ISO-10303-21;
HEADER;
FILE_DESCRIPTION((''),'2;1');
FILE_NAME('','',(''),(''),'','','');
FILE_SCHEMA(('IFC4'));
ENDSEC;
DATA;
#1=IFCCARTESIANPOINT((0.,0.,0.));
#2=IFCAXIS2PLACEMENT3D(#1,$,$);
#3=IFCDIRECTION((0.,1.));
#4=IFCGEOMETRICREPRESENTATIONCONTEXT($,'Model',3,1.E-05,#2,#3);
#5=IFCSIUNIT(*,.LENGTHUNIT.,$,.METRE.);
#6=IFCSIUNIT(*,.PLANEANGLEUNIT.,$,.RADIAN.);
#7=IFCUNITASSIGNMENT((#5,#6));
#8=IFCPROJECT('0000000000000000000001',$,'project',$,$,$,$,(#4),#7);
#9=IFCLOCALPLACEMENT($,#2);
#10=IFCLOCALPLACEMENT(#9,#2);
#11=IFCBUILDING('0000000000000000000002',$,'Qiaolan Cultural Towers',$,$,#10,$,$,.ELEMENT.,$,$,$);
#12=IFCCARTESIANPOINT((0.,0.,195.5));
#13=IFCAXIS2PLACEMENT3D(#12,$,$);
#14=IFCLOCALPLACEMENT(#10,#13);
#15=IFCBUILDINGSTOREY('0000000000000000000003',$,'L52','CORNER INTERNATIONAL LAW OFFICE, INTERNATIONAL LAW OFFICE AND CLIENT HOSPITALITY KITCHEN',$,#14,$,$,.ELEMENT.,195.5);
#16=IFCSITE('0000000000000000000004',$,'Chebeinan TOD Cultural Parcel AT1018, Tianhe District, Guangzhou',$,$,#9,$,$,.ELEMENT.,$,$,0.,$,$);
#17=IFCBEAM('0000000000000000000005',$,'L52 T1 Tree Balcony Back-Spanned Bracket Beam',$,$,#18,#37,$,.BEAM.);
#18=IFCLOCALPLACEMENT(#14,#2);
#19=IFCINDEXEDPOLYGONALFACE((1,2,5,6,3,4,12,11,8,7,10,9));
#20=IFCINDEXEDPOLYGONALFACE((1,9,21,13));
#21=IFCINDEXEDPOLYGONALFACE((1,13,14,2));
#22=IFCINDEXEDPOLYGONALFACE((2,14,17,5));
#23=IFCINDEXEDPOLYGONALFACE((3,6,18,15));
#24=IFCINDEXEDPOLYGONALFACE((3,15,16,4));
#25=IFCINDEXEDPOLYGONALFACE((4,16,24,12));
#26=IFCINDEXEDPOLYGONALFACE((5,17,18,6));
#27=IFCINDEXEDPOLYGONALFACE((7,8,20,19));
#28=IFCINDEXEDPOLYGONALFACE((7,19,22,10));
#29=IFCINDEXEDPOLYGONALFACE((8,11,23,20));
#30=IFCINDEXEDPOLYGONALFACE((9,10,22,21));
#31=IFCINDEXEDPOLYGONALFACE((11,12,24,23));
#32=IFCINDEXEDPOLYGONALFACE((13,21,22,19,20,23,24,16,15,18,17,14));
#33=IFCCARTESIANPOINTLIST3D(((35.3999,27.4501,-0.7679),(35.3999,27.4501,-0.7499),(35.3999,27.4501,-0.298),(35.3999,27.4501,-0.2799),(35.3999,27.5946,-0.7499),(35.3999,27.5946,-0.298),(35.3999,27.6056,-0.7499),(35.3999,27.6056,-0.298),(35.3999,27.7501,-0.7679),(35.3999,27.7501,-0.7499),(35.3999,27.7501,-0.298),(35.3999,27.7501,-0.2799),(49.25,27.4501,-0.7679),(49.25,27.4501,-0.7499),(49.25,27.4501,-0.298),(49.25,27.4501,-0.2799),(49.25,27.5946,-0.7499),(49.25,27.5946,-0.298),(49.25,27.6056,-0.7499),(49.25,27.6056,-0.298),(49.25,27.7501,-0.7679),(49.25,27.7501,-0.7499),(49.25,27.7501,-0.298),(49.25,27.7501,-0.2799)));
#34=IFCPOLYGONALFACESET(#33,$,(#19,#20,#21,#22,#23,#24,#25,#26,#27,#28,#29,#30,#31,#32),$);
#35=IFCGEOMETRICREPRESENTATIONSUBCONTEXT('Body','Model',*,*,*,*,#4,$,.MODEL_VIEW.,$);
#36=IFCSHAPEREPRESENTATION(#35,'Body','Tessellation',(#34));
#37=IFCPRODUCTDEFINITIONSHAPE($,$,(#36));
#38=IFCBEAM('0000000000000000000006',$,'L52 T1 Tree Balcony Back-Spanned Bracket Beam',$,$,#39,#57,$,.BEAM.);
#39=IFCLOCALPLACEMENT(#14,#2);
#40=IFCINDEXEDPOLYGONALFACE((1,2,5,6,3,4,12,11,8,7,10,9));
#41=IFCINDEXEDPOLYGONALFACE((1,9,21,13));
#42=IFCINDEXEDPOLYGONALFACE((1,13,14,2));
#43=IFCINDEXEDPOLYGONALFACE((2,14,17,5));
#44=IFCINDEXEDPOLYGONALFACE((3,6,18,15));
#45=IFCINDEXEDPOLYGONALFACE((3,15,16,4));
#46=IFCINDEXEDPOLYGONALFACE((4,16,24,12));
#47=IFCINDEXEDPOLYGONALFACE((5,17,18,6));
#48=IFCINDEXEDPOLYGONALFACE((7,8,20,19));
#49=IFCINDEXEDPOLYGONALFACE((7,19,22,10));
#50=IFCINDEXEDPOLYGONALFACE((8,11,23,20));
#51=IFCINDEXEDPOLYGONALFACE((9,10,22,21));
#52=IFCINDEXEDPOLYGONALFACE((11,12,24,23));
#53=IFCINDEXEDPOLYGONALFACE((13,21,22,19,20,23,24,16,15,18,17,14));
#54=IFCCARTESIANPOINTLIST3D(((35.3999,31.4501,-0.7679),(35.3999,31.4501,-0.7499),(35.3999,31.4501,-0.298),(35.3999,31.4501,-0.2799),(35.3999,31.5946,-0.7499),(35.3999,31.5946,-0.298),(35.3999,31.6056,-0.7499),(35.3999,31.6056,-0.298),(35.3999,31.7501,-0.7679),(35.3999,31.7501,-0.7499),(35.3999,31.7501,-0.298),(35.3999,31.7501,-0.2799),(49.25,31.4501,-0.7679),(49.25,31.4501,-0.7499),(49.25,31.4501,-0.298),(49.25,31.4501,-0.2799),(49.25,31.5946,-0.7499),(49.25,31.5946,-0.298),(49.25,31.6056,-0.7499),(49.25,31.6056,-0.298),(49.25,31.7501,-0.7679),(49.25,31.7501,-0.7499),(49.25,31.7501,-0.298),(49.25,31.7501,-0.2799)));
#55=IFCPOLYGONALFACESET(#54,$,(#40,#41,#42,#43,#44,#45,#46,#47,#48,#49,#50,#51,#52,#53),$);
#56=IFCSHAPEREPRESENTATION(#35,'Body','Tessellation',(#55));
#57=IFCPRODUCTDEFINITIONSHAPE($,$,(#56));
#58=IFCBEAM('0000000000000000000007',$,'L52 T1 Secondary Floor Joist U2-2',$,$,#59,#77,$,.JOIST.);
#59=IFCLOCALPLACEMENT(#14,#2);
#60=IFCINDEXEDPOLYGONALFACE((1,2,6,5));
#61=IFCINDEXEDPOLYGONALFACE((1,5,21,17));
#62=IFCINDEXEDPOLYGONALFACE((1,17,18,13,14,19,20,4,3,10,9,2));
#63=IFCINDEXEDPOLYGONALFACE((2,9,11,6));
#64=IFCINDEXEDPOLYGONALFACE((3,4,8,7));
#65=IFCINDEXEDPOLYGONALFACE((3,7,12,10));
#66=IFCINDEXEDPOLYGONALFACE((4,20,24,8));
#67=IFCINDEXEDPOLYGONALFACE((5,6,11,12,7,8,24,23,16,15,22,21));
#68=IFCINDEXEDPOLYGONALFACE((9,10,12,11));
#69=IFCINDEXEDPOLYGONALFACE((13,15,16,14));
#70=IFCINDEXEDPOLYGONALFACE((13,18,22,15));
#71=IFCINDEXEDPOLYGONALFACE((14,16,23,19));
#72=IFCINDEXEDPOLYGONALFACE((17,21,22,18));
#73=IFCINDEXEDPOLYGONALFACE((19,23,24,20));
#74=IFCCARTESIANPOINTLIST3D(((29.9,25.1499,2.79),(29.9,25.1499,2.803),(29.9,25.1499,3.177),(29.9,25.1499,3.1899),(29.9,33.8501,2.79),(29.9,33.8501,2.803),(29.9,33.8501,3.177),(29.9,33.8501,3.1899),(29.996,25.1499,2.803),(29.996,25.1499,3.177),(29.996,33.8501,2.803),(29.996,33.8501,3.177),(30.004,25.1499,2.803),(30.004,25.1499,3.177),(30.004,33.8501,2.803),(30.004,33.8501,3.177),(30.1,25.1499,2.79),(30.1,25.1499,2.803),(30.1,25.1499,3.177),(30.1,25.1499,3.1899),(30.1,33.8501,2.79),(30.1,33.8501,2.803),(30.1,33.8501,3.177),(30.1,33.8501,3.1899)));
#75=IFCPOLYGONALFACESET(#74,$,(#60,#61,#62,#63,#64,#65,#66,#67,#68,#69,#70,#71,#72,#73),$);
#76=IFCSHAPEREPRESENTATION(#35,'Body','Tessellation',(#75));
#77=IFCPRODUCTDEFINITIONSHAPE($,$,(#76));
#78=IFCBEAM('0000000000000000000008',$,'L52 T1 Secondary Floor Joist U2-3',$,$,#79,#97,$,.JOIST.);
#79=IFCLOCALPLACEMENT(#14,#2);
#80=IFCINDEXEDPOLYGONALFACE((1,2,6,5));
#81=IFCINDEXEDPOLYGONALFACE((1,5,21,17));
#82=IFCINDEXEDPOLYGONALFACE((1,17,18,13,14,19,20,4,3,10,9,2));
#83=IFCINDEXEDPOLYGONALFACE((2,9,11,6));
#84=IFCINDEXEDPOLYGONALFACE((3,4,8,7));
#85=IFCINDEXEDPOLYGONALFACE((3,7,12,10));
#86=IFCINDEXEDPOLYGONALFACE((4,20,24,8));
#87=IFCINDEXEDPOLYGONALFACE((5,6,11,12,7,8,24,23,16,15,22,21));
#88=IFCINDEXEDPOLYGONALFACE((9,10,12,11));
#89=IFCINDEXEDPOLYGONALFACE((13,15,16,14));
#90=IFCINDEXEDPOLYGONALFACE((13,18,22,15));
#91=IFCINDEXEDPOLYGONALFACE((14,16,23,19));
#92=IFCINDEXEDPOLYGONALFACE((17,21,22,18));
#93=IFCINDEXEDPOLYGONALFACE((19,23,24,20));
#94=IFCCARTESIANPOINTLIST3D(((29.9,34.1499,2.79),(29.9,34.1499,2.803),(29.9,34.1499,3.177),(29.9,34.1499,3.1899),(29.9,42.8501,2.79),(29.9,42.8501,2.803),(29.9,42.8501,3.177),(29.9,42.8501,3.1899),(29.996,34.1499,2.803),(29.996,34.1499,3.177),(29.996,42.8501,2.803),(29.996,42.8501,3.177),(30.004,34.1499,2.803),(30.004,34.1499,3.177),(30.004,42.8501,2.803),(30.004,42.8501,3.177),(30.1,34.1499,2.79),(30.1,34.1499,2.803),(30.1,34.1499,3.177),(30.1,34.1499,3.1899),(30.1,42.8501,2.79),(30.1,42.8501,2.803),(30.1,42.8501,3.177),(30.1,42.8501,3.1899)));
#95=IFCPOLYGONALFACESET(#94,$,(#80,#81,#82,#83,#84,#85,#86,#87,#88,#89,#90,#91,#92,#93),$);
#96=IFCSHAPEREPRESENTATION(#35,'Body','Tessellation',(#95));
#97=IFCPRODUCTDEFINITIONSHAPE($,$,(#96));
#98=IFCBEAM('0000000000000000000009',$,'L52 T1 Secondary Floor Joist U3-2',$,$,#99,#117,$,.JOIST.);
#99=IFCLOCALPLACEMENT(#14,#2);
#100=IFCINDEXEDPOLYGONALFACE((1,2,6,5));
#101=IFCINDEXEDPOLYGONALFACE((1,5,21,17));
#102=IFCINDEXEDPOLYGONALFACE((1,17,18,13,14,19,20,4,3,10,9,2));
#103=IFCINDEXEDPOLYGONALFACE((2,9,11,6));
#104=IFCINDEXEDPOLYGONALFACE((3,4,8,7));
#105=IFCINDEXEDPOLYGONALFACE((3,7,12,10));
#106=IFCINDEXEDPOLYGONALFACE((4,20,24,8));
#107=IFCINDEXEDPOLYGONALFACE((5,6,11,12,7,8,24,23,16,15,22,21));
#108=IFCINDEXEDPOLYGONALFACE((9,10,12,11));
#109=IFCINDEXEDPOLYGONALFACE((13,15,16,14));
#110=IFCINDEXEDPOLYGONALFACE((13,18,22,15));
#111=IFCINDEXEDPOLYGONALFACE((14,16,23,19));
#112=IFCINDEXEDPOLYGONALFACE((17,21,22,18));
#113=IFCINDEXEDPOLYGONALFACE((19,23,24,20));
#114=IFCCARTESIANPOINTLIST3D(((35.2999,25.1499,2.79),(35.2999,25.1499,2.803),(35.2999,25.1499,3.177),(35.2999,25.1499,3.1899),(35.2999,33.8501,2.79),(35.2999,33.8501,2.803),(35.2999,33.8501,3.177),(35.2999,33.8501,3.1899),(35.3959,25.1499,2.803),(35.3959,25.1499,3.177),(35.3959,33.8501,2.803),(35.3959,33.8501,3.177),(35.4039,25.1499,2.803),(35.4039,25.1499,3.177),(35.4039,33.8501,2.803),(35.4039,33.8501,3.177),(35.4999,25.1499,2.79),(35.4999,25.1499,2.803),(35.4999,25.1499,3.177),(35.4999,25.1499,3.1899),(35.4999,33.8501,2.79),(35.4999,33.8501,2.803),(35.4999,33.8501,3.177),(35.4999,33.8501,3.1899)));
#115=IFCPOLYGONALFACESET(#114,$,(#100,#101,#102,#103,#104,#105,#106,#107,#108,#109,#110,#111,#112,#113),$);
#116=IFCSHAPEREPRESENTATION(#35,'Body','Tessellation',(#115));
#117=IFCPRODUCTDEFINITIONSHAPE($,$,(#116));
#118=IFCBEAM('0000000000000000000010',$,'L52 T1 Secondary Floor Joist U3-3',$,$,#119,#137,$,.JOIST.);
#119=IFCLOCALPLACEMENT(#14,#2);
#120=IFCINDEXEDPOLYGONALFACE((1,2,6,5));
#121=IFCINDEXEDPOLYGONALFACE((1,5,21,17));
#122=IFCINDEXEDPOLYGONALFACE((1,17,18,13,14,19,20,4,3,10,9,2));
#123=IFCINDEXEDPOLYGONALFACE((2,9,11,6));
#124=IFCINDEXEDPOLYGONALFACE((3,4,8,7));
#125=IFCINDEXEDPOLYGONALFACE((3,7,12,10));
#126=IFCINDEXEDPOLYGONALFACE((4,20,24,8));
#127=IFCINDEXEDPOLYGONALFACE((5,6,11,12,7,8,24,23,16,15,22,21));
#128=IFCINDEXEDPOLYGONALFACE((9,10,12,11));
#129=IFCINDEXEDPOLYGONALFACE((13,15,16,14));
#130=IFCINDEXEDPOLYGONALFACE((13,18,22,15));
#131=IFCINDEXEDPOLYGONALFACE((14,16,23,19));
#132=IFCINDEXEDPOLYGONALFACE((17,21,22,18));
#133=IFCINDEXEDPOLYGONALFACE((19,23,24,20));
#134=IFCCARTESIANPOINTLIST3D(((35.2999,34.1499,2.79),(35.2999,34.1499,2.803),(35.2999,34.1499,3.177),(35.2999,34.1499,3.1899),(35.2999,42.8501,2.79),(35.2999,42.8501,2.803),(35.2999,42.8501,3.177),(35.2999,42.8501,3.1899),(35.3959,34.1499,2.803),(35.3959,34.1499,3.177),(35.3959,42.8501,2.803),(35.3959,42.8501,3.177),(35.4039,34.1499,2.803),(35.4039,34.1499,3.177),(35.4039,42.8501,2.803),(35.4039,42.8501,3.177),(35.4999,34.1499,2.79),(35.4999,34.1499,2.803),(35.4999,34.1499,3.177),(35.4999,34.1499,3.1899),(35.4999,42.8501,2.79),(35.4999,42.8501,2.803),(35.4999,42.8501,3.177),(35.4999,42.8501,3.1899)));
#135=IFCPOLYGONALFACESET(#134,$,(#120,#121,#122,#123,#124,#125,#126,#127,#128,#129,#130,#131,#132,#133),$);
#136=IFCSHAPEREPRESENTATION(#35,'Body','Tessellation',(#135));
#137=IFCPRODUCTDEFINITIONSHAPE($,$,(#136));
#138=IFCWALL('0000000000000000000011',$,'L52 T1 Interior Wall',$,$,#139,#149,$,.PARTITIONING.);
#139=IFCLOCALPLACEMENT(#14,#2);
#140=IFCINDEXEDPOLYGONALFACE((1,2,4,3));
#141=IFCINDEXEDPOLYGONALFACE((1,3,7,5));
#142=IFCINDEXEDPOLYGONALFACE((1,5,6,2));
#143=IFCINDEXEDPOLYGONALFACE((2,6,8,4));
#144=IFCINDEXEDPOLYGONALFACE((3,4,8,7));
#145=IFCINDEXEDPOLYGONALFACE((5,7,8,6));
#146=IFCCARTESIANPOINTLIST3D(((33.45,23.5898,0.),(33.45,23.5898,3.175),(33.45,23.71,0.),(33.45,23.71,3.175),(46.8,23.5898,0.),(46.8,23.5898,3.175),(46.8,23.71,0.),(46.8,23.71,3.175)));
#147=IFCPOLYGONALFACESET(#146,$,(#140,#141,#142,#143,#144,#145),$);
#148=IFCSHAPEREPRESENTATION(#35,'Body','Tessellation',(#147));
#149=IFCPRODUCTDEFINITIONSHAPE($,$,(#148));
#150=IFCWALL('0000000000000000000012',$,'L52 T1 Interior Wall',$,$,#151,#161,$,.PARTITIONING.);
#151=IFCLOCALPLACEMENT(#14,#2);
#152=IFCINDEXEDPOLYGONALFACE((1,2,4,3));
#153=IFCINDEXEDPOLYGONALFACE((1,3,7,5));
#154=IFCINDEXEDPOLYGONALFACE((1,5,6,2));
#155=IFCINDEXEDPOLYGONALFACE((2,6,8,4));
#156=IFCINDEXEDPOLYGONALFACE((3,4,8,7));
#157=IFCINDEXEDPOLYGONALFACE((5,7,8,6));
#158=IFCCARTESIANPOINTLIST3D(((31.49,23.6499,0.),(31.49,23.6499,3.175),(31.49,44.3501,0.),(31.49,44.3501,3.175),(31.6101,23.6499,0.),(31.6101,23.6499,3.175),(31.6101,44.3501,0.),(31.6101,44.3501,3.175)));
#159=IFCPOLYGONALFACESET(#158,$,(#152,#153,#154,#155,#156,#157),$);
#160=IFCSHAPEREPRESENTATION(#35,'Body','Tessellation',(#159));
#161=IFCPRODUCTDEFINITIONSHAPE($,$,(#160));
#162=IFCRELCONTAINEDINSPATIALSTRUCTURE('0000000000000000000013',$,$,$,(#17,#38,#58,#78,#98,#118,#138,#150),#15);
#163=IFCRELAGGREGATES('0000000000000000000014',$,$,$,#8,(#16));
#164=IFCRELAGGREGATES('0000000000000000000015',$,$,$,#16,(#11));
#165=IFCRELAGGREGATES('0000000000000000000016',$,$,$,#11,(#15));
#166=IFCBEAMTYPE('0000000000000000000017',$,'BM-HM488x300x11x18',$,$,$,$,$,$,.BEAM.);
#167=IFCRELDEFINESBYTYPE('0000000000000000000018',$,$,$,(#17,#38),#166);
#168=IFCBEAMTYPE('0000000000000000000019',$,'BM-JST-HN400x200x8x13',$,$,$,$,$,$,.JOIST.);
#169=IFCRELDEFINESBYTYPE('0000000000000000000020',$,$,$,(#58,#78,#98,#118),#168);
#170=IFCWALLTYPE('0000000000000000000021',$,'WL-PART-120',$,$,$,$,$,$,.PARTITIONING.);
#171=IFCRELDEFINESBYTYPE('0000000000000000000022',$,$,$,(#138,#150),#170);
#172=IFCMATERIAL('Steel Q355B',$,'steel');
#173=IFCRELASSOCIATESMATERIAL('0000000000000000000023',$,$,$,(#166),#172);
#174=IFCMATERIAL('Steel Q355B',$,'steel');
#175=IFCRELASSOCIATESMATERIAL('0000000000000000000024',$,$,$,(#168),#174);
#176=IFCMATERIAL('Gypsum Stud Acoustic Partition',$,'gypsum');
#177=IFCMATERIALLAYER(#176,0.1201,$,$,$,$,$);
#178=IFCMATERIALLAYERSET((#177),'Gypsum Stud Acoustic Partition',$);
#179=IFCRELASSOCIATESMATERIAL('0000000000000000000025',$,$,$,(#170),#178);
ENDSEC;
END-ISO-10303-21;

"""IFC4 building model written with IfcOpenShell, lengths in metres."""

from ifc_helpers import new_model, si_unit, direction, frame, frame_2d, origin, origin_2d, place, context, subcontext, project, spatial, rectangle, i_section, extrude, material, layer, layer_set, material_profile, profile_set, type_object, element, save


model = new_model("IFC4")

# Units and contexts
model_context = context("Model", 3, precision=1e-05, world=origin(), true_north=direction((0.0, 1.0)))
body_context = subcontext(model_context, "Body", "Model", "MODEL_VIEW")
ifc_project = project(units=[si_unit("LENGTHUNIT", "METRE"), si_unit("PLANEANGLEUNIT", "RADIAN")], contexts=[model_context])

# Site, building, storey
site_placement = place(None, origin())
site = spatial("IfcSite", under=ifc_project, at=site_placement, Name="Chebeinan TOD Cultural Parcel AT1018, Tianhe District, Guangzhou", CompositionType="ELEMENT", RefElevation=0.0)
building_placement = place(site_placement, origin())
building = spatial("IfcBuilding", under=site, at=building_placement, Name="Qiaolan Cultural Towers", CompositionType="ELEMENT")
storey_placement = place(building_placement, frame((0.0, 0.0, 195.5)))
storey = spatial("IfcBuildingStorey", under=building, at=storey_placement, Name="L52", Description="CORNER INTERNATIONAL LAW OFFICE, INTERNATIONAL LAW OFFICE AND CLIENT HOSPITALITY KITCHEN", CompositionType="ELEMENT", Elevation=195.5)

# Beams
ifc_material_1 = material(Name="Steel Q355B", Category="steel")
ifc_material_profile_1 = material_profile(ifc_material_1, i_section(OverallWidth=0.3, OverallDepth=0.488, WebThickness=0.011, FlangeThickness=0.0181, at=origin_2d()), Name="HM488x300x11x18")
ifc_profile_set_1 = profile_set([ifc_material_profile_1], Name="Steel Q355B")
beam_type_1 = type_object("IfcBeamType", Name="BM-HM488x300x11x18", PredefinedType="BEAM", material=ifc_profile_set_1)
for number, where, z_axis, x_axis, name in (
    (1, (35.3999, 27.6001, -0.5239), (1.0, 0.0, 0.0), (0.0, 1.0, 0.0), "L52 T1 Tree Balcony Back-Spanned Bracket Beam"),
    (2, (35.3999, 31.6001, -0.5239), (1.0, 0.0, 0.0), (0.0, 1.0, 0.0), "L52 T1 Tree Balcony Back-Spanned Bracket Beam"),
):
    element("IfcBeam", number, at=place(storey_placement, frame(where, z_axis=z_axis, x_axis=x_axis)), inside=storey, type_object=beam_type_1, Name=name, PredefinedType="BEAM", context=body_context, shape_type="SweptSolid", body=[
        extrude(i_section(OverallWidth=0.3, OverallDepth=0.488, WebThickness=0.011, FlangeThickness=0.0181, at=origin_2d()), origin(), (0.0, 0.0, 1.0), 13.8501),
    ])
ifc_material_2 = material(Name="Steel Q355B", Category="steel")
ifc_material_profile_2 = material_profile(ifc_material_2, i_section(OverallWidth=0.2, OverallDepth=0.3999, WebThickness=0.0081, FlangeThickness=0.0129, at=origin_2d()), Name="HN400x200x8x13")
ifc_profile_set_2 = profile_set([ifc_material_profile_2], Name="Steel Q355B")
beam_type_2 = type_object("IfcBeamType", Name="BM-JST-HN400x200x8x13", PredefinedType="JOIST", material=ifc_profile_set_2)
for number, where, z_axis, x_axis, name in (
    (3, (30.0, 25.1499, 2.99), (0.0, 1.0, 0.0), (-1.0, 0.0, 0.0), "L52 T1 Secondary Floor Joist U2-2"),
    (4, (30.0, 34.1499, 2.99), (0.0, 1.0, 0.0), (-1.0, 0.0, 0.0), "L52 T1 Secondary Floor Joist U2-3"),
    (5, (35.3999, 25.1499, 2.99), (0.0, 1.0, 0.0), (-1.0, 0.0, 0.0), "L52 T1 Secondary Floor Joist U3-2"),
    (6, (35.3999, 34.1499, 2.99), (0.0, 1.0, 0.0), (-1.0, 0.0, 0.0), "L52 T1 Secondary Floor Joist U3-3"),
):
    element("IfcBeam", number, at=place(storey_placement, frame(where, z_axis=z_axis, x_axis=x_axis)), inside=storey, type_object=beam_type_2, Name=name, PredefinedType="JOIST", context=body_context, shape_type="SweptSolid", body=[
        extrude(i_section(OverallWidth=0.2, OverallDepth=0.3999, WebThickness=0.0081, FlangeThickness=0.0129, at=origin_2d()), origin(), (0.0, 0.0, 1.0), 8.7002),
    ])

# Walls
ifc_material_3 = material(Name="Gypsum Stud Acoustic Partition", Category="gypsum")
ifc_layer_1 = layer(ifc_material_3, 0.1201)
ifc_layer_set_1 = layer_set([ifc_layer_1], Name="Gypsum Stud Acoustic Partition")
wall_type_1 = type_object("IfcWallType", Name="WL-PART-120", PredefinedType="PARTITIONING", material=ifc_layer_set_1)
wall_1_placement = place(storey_placement, frame((33.45, 23.6499, 0.0), z_axis=(0.0, 0.0, 1.0), x_axis=(1.0, 0.0, 0.0)))
element("IfcWall", 7, at=wall_1_placement, inside=storey, type_object=wall_type_1, Name="L52 T1 Interior Wall", PredefinedType="PARTITIONING", context=body_context, shape_type="SweptSolid", body=[
    extrude(rectangle(XDim=13.3501, YDim=0.1201, at=frame_2d((6.675, 0.0))), origin(), (0.0, 0.0, 1.0), 3.175),
])
wall_2_placement = place(storey_placement, frame((31.55, 23.6499, 0.0), z_axis=(0.0, 0.0, 1.0), x_axis=(0.0, 1.0, 0.0)))
element("IfcWall", 8, at=wall_2_placement, inside=storey, type_object=wall_type_1, Name="L52 T1 Interior Wall", PredefinedType="PARTITIONING", context=body_context, shape_type="SweptSolid", body=[
    extrude(rectangle(XDim=20.7002, YDim=0.1201, at=frame_2d((10.3501, 0.0))), origin(), (0.0, 0.0, 1.0), 3.175),
])

save(model, "model.ifc")
